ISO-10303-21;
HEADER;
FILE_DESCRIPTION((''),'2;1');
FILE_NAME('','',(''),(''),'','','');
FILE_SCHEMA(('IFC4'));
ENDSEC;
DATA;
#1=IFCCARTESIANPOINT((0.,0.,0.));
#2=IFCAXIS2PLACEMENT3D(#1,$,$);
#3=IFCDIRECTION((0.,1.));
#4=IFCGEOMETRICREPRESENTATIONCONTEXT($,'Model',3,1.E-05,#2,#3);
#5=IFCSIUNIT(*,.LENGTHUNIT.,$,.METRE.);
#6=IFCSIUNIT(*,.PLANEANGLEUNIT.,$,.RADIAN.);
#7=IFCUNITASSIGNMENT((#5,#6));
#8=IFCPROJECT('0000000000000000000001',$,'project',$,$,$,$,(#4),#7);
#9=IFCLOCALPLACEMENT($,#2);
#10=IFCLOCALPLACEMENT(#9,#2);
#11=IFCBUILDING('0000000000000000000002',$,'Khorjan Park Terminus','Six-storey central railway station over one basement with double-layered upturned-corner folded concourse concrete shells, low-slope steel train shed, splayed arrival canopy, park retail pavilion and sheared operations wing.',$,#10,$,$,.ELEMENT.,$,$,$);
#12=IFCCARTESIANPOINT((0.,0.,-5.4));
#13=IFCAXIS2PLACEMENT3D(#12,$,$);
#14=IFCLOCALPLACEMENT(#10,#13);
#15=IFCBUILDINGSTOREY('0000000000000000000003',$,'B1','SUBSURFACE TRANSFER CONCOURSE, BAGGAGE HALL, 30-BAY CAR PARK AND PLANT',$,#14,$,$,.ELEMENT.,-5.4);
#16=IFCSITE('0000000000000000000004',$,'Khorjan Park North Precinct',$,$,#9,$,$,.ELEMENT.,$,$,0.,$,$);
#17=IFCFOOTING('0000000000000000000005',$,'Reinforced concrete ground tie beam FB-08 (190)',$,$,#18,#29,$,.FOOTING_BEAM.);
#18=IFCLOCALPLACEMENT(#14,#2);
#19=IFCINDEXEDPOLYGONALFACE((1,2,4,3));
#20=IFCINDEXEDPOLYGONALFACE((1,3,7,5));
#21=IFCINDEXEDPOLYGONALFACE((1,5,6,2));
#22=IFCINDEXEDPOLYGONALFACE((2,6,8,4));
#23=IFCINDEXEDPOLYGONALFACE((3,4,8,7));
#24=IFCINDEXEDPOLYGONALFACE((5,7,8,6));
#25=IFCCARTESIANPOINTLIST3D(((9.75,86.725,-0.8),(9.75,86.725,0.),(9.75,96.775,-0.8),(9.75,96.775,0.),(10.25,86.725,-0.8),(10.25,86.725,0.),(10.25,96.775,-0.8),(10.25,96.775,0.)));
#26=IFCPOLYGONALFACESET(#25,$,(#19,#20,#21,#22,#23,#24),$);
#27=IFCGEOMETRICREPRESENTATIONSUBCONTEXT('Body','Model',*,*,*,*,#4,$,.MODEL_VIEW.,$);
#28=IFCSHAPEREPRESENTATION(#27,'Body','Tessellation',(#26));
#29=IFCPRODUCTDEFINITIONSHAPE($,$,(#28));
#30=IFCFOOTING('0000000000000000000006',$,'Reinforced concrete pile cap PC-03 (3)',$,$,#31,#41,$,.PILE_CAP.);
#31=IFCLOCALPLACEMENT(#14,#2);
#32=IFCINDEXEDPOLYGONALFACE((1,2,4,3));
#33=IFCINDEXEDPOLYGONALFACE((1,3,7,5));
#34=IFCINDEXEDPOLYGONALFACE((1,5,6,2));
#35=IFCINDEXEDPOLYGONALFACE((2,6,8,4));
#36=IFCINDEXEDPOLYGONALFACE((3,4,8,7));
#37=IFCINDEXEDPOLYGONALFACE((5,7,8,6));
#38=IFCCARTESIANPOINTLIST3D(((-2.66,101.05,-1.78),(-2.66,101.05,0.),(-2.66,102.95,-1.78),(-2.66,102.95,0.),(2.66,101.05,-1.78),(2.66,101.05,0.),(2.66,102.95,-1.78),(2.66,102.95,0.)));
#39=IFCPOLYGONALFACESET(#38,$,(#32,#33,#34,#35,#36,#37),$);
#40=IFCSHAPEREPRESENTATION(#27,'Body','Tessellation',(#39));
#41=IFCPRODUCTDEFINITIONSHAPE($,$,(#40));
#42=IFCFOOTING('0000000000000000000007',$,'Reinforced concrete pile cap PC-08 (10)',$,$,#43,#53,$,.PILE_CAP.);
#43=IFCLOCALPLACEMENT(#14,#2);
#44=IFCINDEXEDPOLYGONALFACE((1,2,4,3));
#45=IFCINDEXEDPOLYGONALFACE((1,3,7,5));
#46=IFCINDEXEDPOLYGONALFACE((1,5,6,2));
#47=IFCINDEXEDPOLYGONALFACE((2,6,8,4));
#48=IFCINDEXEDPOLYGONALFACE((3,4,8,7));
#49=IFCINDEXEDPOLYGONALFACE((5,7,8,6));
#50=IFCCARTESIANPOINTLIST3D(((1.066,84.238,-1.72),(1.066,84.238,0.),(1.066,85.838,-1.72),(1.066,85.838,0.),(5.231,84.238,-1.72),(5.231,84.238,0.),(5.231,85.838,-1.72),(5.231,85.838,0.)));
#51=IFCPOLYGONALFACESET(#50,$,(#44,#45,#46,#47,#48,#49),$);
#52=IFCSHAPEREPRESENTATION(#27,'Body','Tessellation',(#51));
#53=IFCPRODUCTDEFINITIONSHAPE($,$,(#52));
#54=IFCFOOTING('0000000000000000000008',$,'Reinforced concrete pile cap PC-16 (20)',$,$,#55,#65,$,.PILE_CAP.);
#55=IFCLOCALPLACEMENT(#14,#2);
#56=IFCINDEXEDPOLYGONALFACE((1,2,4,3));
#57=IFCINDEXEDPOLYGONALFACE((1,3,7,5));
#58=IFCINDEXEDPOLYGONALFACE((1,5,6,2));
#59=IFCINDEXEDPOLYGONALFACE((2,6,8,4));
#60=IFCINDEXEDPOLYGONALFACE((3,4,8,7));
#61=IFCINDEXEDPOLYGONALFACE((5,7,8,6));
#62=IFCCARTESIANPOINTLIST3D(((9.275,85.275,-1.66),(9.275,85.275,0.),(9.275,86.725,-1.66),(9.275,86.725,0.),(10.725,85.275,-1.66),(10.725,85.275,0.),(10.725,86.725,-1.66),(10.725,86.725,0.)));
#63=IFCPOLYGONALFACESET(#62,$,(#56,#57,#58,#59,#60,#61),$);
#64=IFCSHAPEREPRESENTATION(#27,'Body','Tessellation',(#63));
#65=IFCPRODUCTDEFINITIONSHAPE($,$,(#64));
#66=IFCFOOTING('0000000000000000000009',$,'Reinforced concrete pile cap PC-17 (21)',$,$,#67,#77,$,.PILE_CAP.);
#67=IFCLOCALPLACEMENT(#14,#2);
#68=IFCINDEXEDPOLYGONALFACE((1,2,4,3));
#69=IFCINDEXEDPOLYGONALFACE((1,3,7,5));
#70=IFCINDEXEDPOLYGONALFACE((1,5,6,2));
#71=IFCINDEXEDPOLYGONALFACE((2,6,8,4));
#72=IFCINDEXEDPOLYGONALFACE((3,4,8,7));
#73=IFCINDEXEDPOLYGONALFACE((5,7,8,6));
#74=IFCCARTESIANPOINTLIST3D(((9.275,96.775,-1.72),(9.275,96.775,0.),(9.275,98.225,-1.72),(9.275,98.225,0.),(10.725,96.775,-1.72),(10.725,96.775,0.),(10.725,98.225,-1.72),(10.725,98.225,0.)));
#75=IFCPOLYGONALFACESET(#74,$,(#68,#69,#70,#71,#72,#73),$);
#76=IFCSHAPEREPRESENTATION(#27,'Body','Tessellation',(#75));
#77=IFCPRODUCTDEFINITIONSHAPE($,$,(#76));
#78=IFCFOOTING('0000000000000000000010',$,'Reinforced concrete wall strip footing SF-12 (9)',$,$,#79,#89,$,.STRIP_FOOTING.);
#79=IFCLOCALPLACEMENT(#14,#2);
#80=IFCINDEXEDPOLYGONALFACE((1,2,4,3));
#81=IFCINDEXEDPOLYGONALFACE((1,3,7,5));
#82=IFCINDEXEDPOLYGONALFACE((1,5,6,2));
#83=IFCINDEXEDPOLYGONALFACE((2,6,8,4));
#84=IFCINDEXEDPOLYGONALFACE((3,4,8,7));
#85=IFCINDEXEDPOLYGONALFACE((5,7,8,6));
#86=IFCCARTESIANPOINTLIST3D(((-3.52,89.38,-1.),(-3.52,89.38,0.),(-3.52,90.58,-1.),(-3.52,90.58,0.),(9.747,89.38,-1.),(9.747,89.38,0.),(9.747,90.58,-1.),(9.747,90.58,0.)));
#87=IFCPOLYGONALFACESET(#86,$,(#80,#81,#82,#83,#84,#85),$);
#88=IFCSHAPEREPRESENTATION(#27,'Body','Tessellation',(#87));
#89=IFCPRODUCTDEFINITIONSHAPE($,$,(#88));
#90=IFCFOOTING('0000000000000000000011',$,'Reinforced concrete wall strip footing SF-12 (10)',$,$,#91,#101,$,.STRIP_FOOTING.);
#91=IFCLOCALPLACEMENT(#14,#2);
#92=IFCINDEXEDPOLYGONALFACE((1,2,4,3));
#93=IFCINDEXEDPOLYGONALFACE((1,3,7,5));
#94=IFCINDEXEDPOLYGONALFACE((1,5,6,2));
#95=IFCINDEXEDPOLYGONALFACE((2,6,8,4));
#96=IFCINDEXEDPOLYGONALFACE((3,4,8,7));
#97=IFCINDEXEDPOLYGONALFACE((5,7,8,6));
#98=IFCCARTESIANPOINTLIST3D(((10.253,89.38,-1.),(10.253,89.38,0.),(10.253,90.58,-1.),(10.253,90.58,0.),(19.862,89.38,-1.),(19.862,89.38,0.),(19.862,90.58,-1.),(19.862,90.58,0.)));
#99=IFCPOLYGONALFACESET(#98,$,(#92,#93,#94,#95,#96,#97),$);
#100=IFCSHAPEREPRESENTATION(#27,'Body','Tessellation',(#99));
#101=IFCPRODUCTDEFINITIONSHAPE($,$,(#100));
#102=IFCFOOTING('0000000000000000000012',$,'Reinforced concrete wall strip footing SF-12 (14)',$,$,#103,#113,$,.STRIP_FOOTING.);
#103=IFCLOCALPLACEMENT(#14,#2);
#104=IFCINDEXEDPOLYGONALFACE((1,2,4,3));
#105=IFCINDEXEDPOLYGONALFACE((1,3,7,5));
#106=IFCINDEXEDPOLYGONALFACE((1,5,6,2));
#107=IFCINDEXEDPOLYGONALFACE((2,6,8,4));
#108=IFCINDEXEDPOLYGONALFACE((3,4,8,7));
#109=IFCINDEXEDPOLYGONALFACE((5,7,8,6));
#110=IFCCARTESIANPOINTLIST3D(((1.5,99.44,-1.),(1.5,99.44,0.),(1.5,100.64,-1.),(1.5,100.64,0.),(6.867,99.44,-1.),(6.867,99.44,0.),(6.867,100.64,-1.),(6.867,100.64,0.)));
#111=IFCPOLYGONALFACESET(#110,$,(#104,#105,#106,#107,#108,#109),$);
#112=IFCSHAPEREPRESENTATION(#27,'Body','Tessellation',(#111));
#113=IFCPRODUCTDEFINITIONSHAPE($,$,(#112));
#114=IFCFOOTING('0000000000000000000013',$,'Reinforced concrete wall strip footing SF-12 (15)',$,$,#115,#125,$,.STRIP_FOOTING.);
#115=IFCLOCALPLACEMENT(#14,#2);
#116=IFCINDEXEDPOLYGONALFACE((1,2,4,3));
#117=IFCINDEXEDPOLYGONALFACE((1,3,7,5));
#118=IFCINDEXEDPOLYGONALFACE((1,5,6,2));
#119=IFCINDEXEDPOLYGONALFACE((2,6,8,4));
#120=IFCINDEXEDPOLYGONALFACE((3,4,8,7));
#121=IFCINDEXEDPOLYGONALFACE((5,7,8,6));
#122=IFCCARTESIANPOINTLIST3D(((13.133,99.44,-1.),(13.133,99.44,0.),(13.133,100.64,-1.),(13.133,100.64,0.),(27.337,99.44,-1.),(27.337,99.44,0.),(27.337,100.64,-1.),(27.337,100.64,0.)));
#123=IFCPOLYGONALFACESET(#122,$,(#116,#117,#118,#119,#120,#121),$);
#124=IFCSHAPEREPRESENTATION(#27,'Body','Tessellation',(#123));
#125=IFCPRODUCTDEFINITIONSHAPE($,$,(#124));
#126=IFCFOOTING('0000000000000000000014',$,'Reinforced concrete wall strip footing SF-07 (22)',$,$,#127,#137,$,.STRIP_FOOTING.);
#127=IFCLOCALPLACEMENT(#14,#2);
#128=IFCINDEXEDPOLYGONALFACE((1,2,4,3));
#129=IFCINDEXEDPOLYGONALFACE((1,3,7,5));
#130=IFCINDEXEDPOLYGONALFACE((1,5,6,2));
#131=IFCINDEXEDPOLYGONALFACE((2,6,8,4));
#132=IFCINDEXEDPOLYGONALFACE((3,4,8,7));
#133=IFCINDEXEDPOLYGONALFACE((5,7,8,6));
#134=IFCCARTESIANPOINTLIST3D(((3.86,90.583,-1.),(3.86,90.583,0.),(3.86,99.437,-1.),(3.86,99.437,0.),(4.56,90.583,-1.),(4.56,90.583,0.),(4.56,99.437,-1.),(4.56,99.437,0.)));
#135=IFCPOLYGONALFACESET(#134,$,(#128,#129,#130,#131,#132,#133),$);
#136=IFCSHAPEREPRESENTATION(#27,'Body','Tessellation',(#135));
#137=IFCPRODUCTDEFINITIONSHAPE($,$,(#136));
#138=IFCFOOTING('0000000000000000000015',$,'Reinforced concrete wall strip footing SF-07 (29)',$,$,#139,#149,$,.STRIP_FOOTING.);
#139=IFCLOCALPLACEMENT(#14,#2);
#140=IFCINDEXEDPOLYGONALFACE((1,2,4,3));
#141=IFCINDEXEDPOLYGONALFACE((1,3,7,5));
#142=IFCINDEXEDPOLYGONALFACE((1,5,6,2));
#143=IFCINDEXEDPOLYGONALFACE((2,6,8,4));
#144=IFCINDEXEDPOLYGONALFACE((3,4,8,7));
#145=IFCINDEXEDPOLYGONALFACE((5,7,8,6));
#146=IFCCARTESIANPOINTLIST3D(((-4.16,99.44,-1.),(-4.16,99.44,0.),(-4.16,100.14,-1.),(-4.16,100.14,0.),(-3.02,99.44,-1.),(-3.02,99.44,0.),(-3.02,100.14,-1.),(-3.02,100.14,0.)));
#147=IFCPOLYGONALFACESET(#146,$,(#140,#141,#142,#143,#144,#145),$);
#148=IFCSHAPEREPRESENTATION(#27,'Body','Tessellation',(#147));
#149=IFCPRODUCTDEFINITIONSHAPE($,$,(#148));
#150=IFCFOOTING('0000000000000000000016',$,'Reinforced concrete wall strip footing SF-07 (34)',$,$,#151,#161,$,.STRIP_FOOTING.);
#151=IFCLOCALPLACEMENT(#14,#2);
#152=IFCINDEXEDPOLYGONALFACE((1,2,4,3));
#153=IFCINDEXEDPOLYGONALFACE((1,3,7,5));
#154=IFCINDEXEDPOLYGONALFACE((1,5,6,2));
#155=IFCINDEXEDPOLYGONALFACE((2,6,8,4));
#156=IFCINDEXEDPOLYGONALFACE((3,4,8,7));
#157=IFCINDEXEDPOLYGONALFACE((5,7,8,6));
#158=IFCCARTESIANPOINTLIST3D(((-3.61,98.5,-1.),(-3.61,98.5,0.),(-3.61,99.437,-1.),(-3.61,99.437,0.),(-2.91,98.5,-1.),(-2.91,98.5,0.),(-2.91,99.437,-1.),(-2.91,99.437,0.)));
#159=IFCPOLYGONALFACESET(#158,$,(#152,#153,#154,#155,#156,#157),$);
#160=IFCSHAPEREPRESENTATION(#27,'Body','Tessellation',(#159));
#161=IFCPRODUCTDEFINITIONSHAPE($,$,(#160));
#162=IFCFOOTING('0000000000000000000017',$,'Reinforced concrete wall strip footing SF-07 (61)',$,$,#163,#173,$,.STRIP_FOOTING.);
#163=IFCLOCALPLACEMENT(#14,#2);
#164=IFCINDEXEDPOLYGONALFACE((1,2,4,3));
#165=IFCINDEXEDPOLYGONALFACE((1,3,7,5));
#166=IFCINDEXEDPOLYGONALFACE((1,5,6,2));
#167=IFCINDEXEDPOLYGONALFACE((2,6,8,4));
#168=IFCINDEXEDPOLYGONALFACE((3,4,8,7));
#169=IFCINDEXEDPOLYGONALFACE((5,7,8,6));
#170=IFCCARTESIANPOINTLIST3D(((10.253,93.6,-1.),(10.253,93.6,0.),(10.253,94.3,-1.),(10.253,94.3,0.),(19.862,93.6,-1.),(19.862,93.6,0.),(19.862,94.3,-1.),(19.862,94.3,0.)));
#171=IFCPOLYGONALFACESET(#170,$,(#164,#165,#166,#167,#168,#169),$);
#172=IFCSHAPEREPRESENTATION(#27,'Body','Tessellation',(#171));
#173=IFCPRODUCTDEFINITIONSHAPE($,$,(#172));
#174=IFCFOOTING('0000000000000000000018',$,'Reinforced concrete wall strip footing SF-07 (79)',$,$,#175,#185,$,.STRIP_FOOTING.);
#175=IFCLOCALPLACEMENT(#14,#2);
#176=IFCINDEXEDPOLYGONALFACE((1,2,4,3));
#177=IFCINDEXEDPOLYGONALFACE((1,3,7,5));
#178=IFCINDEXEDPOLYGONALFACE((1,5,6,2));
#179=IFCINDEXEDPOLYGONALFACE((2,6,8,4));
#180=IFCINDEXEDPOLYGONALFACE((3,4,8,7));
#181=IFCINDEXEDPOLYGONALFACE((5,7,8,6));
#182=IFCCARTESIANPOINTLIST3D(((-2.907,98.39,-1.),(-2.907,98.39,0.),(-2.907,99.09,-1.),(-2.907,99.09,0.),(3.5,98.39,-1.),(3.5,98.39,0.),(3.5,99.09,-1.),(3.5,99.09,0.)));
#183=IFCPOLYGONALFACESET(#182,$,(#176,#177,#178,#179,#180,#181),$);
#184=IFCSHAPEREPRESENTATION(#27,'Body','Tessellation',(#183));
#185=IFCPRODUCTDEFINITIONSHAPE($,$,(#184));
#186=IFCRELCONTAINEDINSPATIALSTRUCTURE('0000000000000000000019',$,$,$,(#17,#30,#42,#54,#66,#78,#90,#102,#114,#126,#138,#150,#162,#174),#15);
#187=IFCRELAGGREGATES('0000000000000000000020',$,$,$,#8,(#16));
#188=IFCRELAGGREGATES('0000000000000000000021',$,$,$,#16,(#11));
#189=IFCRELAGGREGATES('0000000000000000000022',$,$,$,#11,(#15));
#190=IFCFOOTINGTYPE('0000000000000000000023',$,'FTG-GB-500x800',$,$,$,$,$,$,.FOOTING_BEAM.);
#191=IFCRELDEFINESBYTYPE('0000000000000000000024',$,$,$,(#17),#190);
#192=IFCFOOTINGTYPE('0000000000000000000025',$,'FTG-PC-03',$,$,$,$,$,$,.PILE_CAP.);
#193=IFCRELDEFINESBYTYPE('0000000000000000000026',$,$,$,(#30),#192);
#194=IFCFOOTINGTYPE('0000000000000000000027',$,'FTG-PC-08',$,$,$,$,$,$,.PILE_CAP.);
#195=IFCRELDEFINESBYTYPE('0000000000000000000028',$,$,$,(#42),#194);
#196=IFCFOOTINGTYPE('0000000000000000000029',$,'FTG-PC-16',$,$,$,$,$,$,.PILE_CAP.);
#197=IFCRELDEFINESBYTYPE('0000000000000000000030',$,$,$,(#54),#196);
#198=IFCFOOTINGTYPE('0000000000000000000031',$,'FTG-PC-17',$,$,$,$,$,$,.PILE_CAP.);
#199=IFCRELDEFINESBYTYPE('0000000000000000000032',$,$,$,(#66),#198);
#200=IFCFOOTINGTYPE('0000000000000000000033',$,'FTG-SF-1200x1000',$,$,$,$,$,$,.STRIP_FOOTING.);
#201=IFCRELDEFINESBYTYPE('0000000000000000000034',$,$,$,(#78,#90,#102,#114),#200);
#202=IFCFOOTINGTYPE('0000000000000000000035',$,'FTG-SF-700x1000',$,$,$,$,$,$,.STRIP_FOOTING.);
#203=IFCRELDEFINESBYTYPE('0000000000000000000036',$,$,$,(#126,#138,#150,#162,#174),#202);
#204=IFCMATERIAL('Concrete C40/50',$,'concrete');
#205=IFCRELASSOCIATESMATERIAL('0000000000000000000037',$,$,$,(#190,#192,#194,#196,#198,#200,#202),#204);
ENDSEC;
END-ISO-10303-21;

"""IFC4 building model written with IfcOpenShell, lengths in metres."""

from ifc_helpers import new_model, si_unit, direction, frame, origin, origin_2d, place, context, subcontext, project, spatial, rectangle, extrude, material, material_profile, profile_set, type_object, element, save


model = new_model("IFC4")

# Units and contexts
model_context = context("Model", 3, precision=1e-05, world=origin(), true_north=direction((0.0, 1.0)))
body_context = subcontext(model_context, "Body", "Model", "MODEL_VIEW")
ifc_project = project(units=[si_unit("LENGTHUNIT", "METRE"), si_unit("PLANEANGLEUNIT", "RADIAN")], contexts=[model_context])

# Site, building, storey
site_placement = place(None, origin())
site = spatial("IfcSite", under=ifc_project, at=site_placement, Name="Khorjan Park North Precinct", CompositionType="ELEMENT", RefElevation=0.0)
building_placement = place(site_placement, origin())
building = spatial("IfcBuilding", under=site, at=building_placement, Name="Khorjan Park Terminus", Description="Six-storey central railway station over one basement with double-layered upturned-corner folded concourse concrete shells, low-slope steel train shed, splayed arrival canopy, park retail pavilion and sheared operations wing.", CompositionType="ELEMENT")
storey_placement = place(building_placement, frame((0.0, 0.0, -5.4)))
storey = spatial("IfcBuildingStorey", under=building, at=storey_placement, Name="B1", Description="SUBSURFACE TRANSFER CONCOURSE, BAGGAGE HALL, 30-BAY CAR PARK AND PLANT", CompositionType="ELEMENT", Elevation=-5.4)

# Footings
ifc_material_1 = material(Name="Concrete C40/50", Category="concrete")
ifc_material_profile_1 = material_profile(ifc_material_1, rectangle(XDim=0.5, YDim=0.8, at=origin_2d()), Name="RC 500x800")
ifc_profile_set_1 = profile_set([ifc_material_profile_1], Name="Concrete C40/50")
footing_type_1 = type_object("IfcFootingType", Name="FTG-GB-500x800", PredefinedType="FOOTING_BEAM", material=ifc_profile_set_1)
footing_1_placement = place(storey_placement, frame((10.0, 86.725, -0.4), z_axis=(0.0, 1.0, 0.0), x_axis=(-1.0, 0.0, 0.0)))
element("IfcFooting", 1, at=footing_1_placement, inside=storey, type_object=footing_type_1, Name="Reinforced concrete ground tie beam FB-08 (190)", PredefinedType="FOOTING_BEAM", context=body_context, shape_type="SweptSolid", body=[
    extrude(rectangle(XDim=0.5, YDim=0.8, at=origin_2d()), origin(), (0.0, 0.0, 1.0), 10.05),
])
footing_type_2 = type_object("IfcFootingType", Name="FTG-PC-03", PredefinedType="PILE_CAP", material=ifc_material_1)
footing_2_placement = place(storey_placement, frame((0.0, 102.0, -1.78), z_axis=(0.0, 0.0, 1.0), x_axis=(1.0, 0.0, 0.0)))
element("IfcFooting", 2, at=footing_2_placement, inside=storey, type_object=footing_type_2, Name="Reinforced concrete pile cap PC-03 (3)", PredefinedType="PILE_CAP", context=body_context, shape_type="SweptSolid", body=[
    extrude(rectangle(XDim=5.32, YDim=1.9, at=origin_2d()), origin(), (0.0, 0.0, 1.0), 1.78),
])
footing_type_3 = type_object("IfcFootingType", Name="FTG-PC-08", PredefinedType="PILE_CAP", material=ifc_material_1)
footing_3_placement = place(storey_placement, frame((3.1485, 85.038, -1.72), z_axis=(0.0, 0.0, 1.0), x_axis=(1.0, 0.0, 0.0)))
element("IfcFooting", 3, at=footing_3_placement, inside=storey, type_object=footing_type_3, Name="Reinforced concrete pile cap PC-08 (10)", PredefinedType="PILE_CAP", context=body_context, shape_type="SweptSolid", body=[
    extrude(rectangle(XDim=4.165, YDim=1.6, at=origin_2d()), origin(), (0.0, 0.0, 1.0), 1.72),
])
footing_type_4 = type_object("IfcFootingType", Name="FTG-PC-16", PredefinedType="PILE_CAP", material=ifc_material_1)
footing_4_placement = place(storey_placement, frame((10.0, 86.0, -1.66), z_axis=(0.0, 0.0, 1.0), x_axis=(1.0, 0.0, 0.0)))
element("IfcFooting", 4, at=footing_4_placement, inside=storey, type_object=footing_type_4, Name="Reinforced concrete pile cap PC-16 (20)", PredefinedType="PILE_CAP", context=body_context, shape_type="SweptSolid", body=[
    extrude(rectangle(XDim=1.45, YDim=1.45, at=origin_2d()), origin(), (0.0, 0.0, 1.0), 1.66),
])
footing_type_5 = type_object("IfcFootingType", Name="FTG-PC-17", PredefinedType="PILE_CAP", material=ifc_material_1)
footing_5_placement = place(storey_placement, frame((10.0, 97.5, -1.72), z_axis=(0.0, 0.0, 1.0), x_axis=(1.0, 0.0, 0.0)))
element("IfcFooting", 5, at=footing_5_placement, inside=storey, type_object=footing_type_5, Name="Reinforced concrete pile cap PC-17 (21)", PredefinedType="PILE_CAP", context=body_context, shape_type="SweptSolid", body=[
    extrude(rectangle(XDim=1.45, YDim=1.45, at=origin_2d()), origin(), (0.0, 0.0, 1.0), 1.72),
])
ifc_material_profile_2 = material_profile(ifc_material_1, rectangle(XDim=1.2, YDim=1.0, at=origin_2d()), Name="RC 1200x1000")
ifc_profile_set_2 = profile_set([ifc_material_profile_2], Name="Concrete C40/50")
footing_type_6 = type_object("IfcFootingType", Name="FTG-SF-1200x1000", PredefinedType="STRIP_FOOTING", material=ifc_profile_set_2)
footing_6_placement = place(storey_placement, frame((-3.52, 89.98, -0.5), z_axis=(1.0, 0.0, 0.0), x_axis=(0.0, 1.0, 0.0)))
element("IfcFooting", 6, at=footing_6_placement, inside=storey, type_object=footing_type_6, Name="Reinforced concrete wall strip footing SF-12 (9)", PredefinedType="STRIP_FOOTING", context=body_context, shape_type="SweptSolid", body=[
    extrude(rectangle(XDim=1.2, YDim=1.0, at=origin_2d()), origin(), (0.0, 0.0, 1.0), 13.267),
])
footing_7_placement = place(storey_placement, frame((10.253, 89.98, -0.5), z_axis=(1.0, 0.0, 0.0), x_axis=(0.0, 1.0, 0.0)))
element("IfcFooting", 7, at=footing_7_placement, inside=storey, type_object=footing_type_6, Name="Reinforced concrete wall strip footing SF-12 (10)", PredefinedType="STRIP_FOOTING", context=body_context, shape_type="SweptSolid", body=[
    extrude(rectangle(XDim=1.2, YDim=1.0, at=origin_2d()), origin(), (0.0, 0.0, 1.0), 9.609),
])
footing_8_placement = place(storey_placement, frame((1.5, 100.04, -0.5), z_axis=(1.0, 0.0, 0.0), x_axis=(0.0, 1.0, 0.0)))
element("IfcFooting", 8, at=footing_8_placement, inside=storey, type_object=footing_type_6, Name="Reinforced concrete wall strip footing SF-12 (14)", PredefinedType="STRIP_FOOTING", context=body_context, shape_type="SweptSolid", body=[
    extrude(rectangle(XDim=1.2, YDim=1.0, at=origin_2d()), origin(), (0.0, 0.0, 1.0), 5.367),
])
footing_9_placement = place(storey_placement, frame((13.133, 100.04, -0.5), z_axis=(1.0, 0.0, 0.0), x_axis=(0.0, 1.0, 0.0)))
element("IfcFooting", 9, at=footing_9_placement, inside=storey, type_object=footing_type_6, Name="Reinforced concrete wall strip footing SF-12 (15)", PredefinedType="STRIP_FOOTING", context=body_context, shape_type="SweptSolid", body=[
    extrude(rectangle(XDim=1.2, YDim=1.0, at=origin_2d()), origin(), (0.0, 0.0, 1.0), 14.204),
])
ifc_material_profile_3 = material_profile(ifc_material_1, rectangle(XDim=0.7, YDim=1.0, at=origin_2d()), Name="RC 700x1000")
ifc_profile_set_3 = profile_set([ifc_material_profile_3], Name="Concrete C40/50")
footing_type_7 = type_object("IfcFootingType", Name="FTG-SF-700x1000", PredefinedType="STRIP_FOOTING", material=ifc_profile_set_3)
footing_10_placement = place(storey_placement, frame((4.21, 90.583, -0.5), z_axis=(0.0, 1.0, 0.0), x_axis=(-1.0, 0.0, 0.0)))
element("IfcFooting", 10, at=footing_10_placement, inside=storey, type_object=footing_type_7, Name="Reinforced concrete wall strip footing SF-07 (22)", PredefinedType="STRIP_FOOTING", context=body_context, shape_type="SweptSolid", body=[
    extrude(rectangle(XDim=0.7, YDim=1.0, at=origin_2d()), origin(), (0.0, 0.0, 1.0), 8.854),
])
footing_11_placement = place(storey_placement, frame((-4.16, 99.79, -0.5), z_axis=(1.0, 0.0, 0.0), x_axis=(0.0, 1.0, 0.0)))
element("IfcFooting", 11, at=footing_11_placement, inside=storey, type_object=footing_type_7, Name="Reinforced concrete wall strip footing SF-07 (29)", PredefinedType="STRIP_FOOTING", context=body_context, shape_type="SweptSolid", body=[
    extrude(rectangle(XDim=0.7, YDim=1.0, at=origin_2d()), origin(), (0.0, 0.0, 1.0), 1.14),
])
footing_12_placement = place(storey_placement, frame((-3.26, 98.5, -0.5), z_axis=(0.0, 1.0, 0.0), x_axis=(-1.0, 0.0, 0.0)))
element("IfcFooting", 12, at=footing_12_placement, inside=storey, type_object=footing_type_7, Name="Reinforced concrete wall strip footing SF-07 (34)", PredefinedType="STRIP_FOOTING", context=body_context, shape_type="SweptSolid", body=[
    extrude(rectangle(XDim=0.7, YDim=1.0, at=origin_2d()), origin(), (0.0, 0.0, 1.0), 0.937),
])
footing_13_placement = place(storey_placement, frame((10.253, 93.95, -0.5), z_axis=(1.0, 0.0, 0.0), x_axis=(0.0, 1.0, 0.0)))
element("IfcFooting", 13, at=footing_13_placement, inside=storey, type_object=footing_type_7, Name="Reinforced concrete wall strip footing SF-07 (61)", PredefinedType="STRIP_FOOTING", context=body_context, shape_type="SweptSolid", body=[
    extrude(rectangle(XDim=0.7, YDim=1.0, at=origin_2d()), origin(), (0.0, 0.0, 1.0), 9.609),
])
footing_14_placement = place(storey_placement, frame((3.5, 98.74, -0.5), z_axis=(-1.0, 0.0, 0.0), x_axis=(0.0, -1.0, 0.0)))
element("IfcFooting", 14, at=footing_14_placement, inside=storey, type_object=footing_type_7, Name="Reinforced concrete wall strip footing SF-07 (79)", PredefinedType="STRIP_FOOTING", context=body_context, shape_type="SweptSolid", body=[
    extrude(rectangle(XDim=0.7, YDim=1.0, at=origin_2d()), origin(), (0.0, 0.0, 1.0), 6.407),
])

save(model, "model.ifc")
